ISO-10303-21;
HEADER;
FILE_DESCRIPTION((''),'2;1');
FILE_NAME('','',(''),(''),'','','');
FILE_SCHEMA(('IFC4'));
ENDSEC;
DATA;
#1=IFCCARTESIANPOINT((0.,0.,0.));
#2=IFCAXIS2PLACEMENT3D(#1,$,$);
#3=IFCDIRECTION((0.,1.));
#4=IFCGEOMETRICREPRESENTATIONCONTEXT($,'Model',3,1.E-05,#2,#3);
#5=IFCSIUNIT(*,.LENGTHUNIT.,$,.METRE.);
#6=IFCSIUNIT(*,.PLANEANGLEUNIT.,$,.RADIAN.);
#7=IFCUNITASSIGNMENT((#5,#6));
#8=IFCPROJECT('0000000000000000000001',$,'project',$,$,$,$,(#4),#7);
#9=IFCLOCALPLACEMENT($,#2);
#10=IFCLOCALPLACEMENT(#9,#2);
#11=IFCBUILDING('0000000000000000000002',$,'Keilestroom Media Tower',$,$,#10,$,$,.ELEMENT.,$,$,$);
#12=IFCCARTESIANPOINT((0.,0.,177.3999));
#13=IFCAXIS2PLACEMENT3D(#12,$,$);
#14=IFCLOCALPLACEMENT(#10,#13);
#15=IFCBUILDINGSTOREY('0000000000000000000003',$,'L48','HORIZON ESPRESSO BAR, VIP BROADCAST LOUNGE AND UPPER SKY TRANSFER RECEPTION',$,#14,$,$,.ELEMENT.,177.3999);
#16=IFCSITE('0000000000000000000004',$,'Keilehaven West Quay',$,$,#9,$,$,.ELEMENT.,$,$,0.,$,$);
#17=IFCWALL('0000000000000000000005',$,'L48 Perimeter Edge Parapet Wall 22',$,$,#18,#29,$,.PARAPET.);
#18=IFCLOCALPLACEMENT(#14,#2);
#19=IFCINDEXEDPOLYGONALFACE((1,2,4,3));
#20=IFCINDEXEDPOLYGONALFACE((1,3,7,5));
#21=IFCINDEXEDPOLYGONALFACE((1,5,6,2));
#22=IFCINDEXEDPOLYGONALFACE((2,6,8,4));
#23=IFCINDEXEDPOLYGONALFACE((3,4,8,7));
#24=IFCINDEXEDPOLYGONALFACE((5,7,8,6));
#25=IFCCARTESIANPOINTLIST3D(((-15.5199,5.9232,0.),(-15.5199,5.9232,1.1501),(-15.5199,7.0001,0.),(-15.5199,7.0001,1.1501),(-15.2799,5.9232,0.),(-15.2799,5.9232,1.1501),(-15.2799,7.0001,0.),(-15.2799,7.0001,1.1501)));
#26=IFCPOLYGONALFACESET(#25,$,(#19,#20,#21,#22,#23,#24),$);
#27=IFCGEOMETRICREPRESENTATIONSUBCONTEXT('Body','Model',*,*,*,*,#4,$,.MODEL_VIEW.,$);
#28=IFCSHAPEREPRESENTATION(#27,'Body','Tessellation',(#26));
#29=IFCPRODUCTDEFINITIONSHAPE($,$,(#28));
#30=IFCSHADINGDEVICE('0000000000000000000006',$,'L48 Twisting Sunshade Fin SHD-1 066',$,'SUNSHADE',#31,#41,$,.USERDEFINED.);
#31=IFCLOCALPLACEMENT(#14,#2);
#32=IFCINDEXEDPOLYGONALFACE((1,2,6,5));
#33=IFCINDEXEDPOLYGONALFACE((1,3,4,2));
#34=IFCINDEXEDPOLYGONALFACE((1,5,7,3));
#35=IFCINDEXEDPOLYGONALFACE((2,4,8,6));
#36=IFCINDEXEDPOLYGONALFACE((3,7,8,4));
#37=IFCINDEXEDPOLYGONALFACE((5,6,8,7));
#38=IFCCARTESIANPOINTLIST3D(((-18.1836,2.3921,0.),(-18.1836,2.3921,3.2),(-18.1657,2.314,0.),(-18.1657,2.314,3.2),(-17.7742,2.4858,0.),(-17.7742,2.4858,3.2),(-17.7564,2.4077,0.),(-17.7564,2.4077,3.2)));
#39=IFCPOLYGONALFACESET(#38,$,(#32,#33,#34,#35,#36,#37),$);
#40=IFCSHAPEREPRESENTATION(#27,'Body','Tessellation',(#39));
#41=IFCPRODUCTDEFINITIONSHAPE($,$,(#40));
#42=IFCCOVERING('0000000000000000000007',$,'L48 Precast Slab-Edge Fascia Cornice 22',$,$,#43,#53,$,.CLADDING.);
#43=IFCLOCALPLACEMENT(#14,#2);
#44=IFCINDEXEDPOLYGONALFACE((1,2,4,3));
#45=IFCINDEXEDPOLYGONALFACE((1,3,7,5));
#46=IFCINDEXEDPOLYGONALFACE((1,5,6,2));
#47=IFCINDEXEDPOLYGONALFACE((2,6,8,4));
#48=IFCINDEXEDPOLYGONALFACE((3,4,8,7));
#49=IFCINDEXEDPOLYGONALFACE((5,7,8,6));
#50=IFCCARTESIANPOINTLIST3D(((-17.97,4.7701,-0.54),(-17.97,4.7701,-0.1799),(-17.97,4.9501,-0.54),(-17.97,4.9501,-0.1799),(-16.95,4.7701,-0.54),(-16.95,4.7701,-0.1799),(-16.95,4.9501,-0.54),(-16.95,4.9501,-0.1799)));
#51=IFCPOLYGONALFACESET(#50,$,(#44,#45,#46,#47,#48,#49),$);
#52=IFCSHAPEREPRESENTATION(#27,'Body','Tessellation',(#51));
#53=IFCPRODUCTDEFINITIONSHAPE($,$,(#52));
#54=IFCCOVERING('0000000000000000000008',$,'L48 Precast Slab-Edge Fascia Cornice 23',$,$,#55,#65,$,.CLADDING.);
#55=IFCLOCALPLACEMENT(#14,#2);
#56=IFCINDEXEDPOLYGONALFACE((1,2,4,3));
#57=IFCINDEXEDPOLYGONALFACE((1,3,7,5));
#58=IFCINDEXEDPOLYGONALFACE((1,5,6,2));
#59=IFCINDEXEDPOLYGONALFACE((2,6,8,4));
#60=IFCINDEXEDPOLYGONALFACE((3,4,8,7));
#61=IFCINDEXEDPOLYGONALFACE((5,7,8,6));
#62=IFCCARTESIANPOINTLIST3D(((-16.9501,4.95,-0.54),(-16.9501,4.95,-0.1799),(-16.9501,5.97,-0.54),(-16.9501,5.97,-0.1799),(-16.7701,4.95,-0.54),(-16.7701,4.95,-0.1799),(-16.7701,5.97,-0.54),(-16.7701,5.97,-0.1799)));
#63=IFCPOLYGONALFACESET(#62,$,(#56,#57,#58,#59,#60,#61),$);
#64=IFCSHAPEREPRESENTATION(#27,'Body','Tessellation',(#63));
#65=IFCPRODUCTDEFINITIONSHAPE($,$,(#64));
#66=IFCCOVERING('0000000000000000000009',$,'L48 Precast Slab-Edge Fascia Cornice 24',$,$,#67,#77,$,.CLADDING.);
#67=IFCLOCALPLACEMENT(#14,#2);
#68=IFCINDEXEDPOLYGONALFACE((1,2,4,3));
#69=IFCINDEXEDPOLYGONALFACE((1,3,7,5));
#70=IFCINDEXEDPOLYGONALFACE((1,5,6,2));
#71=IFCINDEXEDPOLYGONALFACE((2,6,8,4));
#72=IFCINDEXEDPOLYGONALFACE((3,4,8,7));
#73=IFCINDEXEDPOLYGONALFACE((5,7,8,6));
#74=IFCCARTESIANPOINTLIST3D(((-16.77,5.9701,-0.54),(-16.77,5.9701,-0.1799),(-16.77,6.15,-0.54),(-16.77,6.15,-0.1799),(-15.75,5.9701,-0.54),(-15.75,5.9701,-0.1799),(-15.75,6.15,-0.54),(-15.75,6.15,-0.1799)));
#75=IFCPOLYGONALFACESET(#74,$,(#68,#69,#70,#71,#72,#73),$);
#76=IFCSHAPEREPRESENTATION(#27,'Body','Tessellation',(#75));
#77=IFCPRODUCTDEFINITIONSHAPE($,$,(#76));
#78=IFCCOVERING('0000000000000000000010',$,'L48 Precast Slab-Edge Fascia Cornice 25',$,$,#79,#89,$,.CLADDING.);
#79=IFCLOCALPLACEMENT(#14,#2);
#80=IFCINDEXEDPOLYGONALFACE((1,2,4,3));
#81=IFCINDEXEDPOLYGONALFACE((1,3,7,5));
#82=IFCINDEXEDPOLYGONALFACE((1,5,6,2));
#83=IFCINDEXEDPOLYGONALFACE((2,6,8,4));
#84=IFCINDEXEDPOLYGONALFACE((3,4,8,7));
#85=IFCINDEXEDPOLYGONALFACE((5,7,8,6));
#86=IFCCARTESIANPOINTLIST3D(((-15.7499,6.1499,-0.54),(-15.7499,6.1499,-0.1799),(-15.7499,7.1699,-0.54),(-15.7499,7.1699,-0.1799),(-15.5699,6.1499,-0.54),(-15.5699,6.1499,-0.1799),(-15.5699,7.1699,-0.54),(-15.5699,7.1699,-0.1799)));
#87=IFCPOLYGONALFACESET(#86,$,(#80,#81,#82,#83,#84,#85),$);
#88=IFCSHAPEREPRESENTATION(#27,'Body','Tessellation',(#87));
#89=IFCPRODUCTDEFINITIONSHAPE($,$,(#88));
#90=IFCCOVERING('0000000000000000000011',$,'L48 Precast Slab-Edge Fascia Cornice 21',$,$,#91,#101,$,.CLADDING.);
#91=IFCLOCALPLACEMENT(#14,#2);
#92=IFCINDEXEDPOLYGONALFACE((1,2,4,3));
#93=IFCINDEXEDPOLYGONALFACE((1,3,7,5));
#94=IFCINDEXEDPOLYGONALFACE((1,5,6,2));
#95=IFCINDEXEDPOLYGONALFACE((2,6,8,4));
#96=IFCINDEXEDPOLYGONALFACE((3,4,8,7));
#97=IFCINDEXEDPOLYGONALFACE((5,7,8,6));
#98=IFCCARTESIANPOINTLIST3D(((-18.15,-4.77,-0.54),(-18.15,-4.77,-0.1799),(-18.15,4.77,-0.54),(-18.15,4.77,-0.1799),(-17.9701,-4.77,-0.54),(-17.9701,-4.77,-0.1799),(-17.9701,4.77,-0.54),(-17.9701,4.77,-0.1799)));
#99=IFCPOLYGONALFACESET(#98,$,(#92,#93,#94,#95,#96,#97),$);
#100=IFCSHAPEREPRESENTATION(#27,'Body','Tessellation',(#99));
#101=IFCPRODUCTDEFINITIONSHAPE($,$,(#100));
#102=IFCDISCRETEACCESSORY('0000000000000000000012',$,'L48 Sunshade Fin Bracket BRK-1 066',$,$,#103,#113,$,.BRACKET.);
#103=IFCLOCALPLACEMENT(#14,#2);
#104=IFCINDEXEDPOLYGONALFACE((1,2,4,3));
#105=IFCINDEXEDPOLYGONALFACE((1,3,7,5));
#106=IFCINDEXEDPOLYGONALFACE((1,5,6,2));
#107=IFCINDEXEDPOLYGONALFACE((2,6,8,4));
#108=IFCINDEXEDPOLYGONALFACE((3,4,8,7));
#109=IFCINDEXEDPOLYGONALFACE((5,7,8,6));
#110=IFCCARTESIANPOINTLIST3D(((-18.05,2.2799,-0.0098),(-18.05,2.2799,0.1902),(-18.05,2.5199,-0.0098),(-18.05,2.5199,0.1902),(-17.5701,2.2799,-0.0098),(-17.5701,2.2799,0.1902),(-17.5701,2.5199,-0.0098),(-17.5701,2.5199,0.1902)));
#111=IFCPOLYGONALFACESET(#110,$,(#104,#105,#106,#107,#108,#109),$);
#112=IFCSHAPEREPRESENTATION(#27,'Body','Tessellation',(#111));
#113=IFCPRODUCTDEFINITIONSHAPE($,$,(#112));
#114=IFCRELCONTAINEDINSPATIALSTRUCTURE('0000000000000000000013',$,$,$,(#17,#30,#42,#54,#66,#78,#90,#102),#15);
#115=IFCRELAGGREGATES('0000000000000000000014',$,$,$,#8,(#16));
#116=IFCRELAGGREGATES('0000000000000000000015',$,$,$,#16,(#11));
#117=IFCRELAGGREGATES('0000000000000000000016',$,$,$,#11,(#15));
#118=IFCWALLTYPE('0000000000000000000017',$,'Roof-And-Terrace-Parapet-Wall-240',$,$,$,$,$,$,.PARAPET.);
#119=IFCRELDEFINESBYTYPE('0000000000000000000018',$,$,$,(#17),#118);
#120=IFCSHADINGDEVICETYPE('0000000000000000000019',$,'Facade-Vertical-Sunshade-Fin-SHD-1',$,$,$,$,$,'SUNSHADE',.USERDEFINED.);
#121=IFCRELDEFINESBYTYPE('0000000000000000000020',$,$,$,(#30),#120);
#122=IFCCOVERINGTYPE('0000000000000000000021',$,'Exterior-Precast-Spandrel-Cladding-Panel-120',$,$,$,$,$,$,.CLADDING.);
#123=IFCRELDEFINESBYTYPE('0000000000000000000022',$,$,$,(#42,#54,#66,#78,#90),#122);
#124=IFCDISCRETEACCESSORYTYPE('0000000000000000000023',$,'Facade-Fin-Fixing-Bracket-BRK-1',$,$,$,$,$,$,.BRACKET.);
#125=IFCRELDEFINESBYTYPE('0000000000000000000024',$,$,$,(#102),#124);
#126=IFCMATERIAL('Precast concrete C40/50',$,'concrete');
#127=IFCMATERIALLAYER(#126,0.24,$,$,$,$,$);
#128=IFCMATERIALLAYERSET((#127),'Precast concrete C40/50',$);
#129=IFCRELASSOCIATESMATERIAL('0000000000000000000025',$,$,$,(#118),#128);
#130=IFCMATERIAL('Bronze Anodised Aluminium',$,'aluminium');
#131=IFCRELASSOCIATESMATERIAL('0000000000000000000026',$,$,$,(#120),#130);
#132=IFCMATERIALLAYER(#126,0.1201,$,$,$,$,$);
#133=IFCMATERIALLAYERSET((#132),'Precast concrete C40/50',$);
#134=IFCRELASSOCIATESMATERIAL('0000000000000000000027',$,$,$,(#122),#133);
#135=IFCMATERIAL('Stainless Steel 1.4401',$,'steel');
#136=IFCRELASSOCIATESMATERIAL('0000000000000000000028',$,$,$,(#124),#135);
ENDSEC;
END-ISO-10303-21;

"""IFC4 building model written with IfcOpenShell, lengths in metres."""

from ifc_helpers import new_model, si_unit, direction, frame, frame_2d, origin, origin_2d, place, context, subcontext, project, spatial, rectangle, extrude, source, transform, mapped, material, layer, layer_set, type_object, element, save


model = new_model("IFC4")

# Units and contexts
model_context = context("Model", 3, precision=1e-05, world=origin(), true_north=direction((0.0, 1.0)))
body_context = subcontext(model_context, "Body", "Model", "MODEL_VIEW")
ifc_project = project(units=[si_unit("LENGTHUNIT", "METRE"), si_unit("PLANEANGLEUNIT", "RADIAN")], contexts=[model_context])

# Site, building, storey
site_placement = place(None, origin())
site = spatial("IfcSite", under=ifc_project, at=site_placement, Name="Keilehaven West Quay", CompositionType="ELEMENT", RefElevation=0.0)
building_placement = place(site_placement, origin())
building = spatial("IfcBuilding", under=site, at=building_placement, Name="Keilestroom Media Tower", CompositionType="ELEMENT")
storey_placement = place(building_placement, frame((0.0, 0.0, 177.3999)))
storey = spatial("IfcBuildingStorey", under=building, at=storey_placement, Name="L48", Description="HORIZON ESPRESSO BAR, VIP BROADCAST LOUNGE AND UPPER SKY TRANSFER RECEPTION", CompositionType="ELEMENT", Elevation=177.3999)

# Shared definitions
ifc_material_1 = material(Name="Precast concrete C40/50", Category="concrete")

# Wall
ifc_layer_1 = layer(ifc_material_1, 0.24)
ifc_layer_set_1 = layer_set([ifc_layer_1], Name="Precast concrete C40/50")
wall_type = type_object("IfcWallType", Name="Roof-And-Terrace-Parapet-Wall-240", PredefinedType="PARAPET", material=ifc_layer_set_1)
wall_1_placement = place(storey_placement, frame((-15.3999, 5.9231, 0.0), z_axis=(0.0, 0.0, 1.0), x_axis=(0.0, 1.0, 0.0)))
element("IfcWall", 1, at=wall_1_placement, inside=storey, type_object=wall_type, Name="L48 Perimeter Edge Parapet Wall 22", PredefinedType="PARAPET", context=body_context, shape_type="SweptSolid", body=[
    extrude(rectangle(XDim=1.0769, YDim=0.24, at=frame_2d((0.5386, 0.0))), origin(), (0.0, 0.0, 1.0), 1.1501),
])

# Shading device
ifc_material_2 = material(Name="Bronze Anodised Aluminium", Category="aluminium")
shading_device_type = type_object("IfcShadingDeviceType", Name="Facade-Vertical-Sunshade-Fin-SHD-1", ElementType="SUNSHADE", PredefinedType="USERDEFINED", material=ifc_material_2)
shared_shape_1 = source(origin(), body_context, "Body", "SweptSolid", [
    extrude(rectangle(XDim=0.4199, YDim=0.0801, at=origin_2d()), origin(), (0.0, 0.0, 1.0), 3.2),
])
shading_device_placement = place(storey_placement, frame((-17.97, 2.3999, 0.0), z_axis=(0.0, 0.0, 1.0), x_axis=(0.9748, 0.22308, 0.0)))
element("IfcShadingDevice", 2, at=shading_device_placement, inside=storey, type_object=shading_device_type, Name="L48 Twisting Sunshade Fin SHD-1 066", ObjectType="SUNSHADE", PredefinedType="USERDEFINED", context=body_context, shape_type="MappedRepresentation", body=[
    mapped(shared_shape_1, transform((0.0, 0.0, 0.0), x_axis=(1.0, 0.0, 0.0), y_axis=(0.0, 1.0, 0.0), z_axis=(0.0, 0.0, 1.0), scale=1.0)),
])

# Coverings
ifc_layer_2 = layer(ifc_material_1, 0.1201)
ifc_layer_set_2 = layer_set([ifc_layer_2], Name="Precast concrete C40/50")
covering_type = type_object("IfcCoveringType", Name="Exterior-Precast-Spandrel-Cladding-Panel-120", PredefinedType="CLADDING", material=ifc_layer_set_2)
shared_shape_2 = source(origin(), body_context, "Body", "SweptSolid", [
    extrude(rectangle(XDim=1.02, YDim=0.1799, at=origin_2d()), origin(), (0.0, 0.0, 1.0), 0.3601),
])
for number, where, z_axis, x_axis, name in (
    (3, (-17.46, 4.8601, -0.54), (0.0, 0.0, 1.0), (1.0, 0.0, 0.0), "L48 Precast Slab-Edge Fascia Cornice 22"),
    (4, (-16.8601, 5.46, -0.54), (0.0, 0.0, 1.0), (0.0, 1.0, 0.0), "L48 Precast Slab-Edge Fascia Cornice 23"),
    (5, (-16.26, 6.0601, -0.54), (0.0, 0.0, 1.0), (1.0, 0.0, 0.0), "L48 Precast Slab-Edge Fascia Cornice 24"),
    (6, (-15.6599, 6.6599, -0.54), (0.0, 0.0, 1.0), (0.0, 1.0, 0.0), "L48 Precast Slab-Edge Fascia Cornice 25"),
):
    element("IfcCovering", number, at=place(storey_placement, frame(where, z_axis=z_axis, x_axis=x_axis)), inside=storey, type_object=covering_type, Name=name, PredefinedType="CLADDING", context=body_context, shape_type="MappedRepresentation", body=[
        mapped(shared_shape_2, transform((0.0, 0.0, 0.0), x_axis=(1.0, 0.0, 0.0), y_axis=(0.0, 1.0, 0.0), z_axis=(0.0, 0.0, 1.0), scale=1.0)),
    ])
shared_shape_3 = source(origin(), body_context, "Body", "SweptSolid", [
    extrude(rectangle(XDim=9.54, YDim=0.1799, at=origin_2d()), origin(), (0.0, 0.0, 1.0), 0.3601),
])
covering_placement = place(storey_placement, frame((-18.0601, 0.0, -0.54), z_axis=(0.0, 0.0, 1.0), x_axis=(0.0, 1.0, 0.0)))
element("IfcCovering", 7, at=covering_placement, inside=storey, type_object=covering_type, Name="L48 Precast Slab-Edge Fascia Cornice 21", PredefinedType="CLADDING", context=body_context, shape_type="MappedRepresentation", body=[
    mapped(shared_shape_3, transform((0.0, 0.0, 0.0), x_axis=(1.0, 0.0, 0.0), y_axis=(0.0, 1.0, 0.0), z_axis=(0.0, 0.0, 1.0), scale=1.0)),
])

# Discrete accessory
ifc_material_3 = material(Name="Stainless Steel 1.4401", Category="steel")
discrete_accessory_type = type_object("IfcDiscreteAccessoryType", Name="Facade-Fin-Fixing-Bracket-BRK-1", PredefinedType="BRACKET", material=ifc_material_3)
shared_shape_4 = source(origin(), body_context, "Body", "SweptSolid", [
    extrude(rectangle(XDim=0.48, YDim=0.24, at=origin_2d()), origin(), (0.0, 0.0, 1.0), 0.2),
])
discrete_accessory_placement = place(storey_placement, frame((-17.8101, 2.3999, -0.0098), z_axis=(0.0, 0.0, 1.0), x_axis=(1.0, 0.0, 0.0)))
element("IfcDiscreteAccessory", 8, at=discrete_accessory_placement, inside=storey, type_object=discrete_accessory_type, Name="L48 Sunshade Fin Bracket BRK-1 066", PredefinedType="BRACKET", context=body_context, shape_type="MappedRepresentation", body=[
    mapped(shared_shape_4, transform((0.0, 0.0, 0.0), x_axis=(1.0, 0.0, 0.0), y_axis=(0.0, 1.0, 0.0), z_axis=(0.0, 0.0, 1.0), scale=1.0)),
])

save(model, "model.ifc")
